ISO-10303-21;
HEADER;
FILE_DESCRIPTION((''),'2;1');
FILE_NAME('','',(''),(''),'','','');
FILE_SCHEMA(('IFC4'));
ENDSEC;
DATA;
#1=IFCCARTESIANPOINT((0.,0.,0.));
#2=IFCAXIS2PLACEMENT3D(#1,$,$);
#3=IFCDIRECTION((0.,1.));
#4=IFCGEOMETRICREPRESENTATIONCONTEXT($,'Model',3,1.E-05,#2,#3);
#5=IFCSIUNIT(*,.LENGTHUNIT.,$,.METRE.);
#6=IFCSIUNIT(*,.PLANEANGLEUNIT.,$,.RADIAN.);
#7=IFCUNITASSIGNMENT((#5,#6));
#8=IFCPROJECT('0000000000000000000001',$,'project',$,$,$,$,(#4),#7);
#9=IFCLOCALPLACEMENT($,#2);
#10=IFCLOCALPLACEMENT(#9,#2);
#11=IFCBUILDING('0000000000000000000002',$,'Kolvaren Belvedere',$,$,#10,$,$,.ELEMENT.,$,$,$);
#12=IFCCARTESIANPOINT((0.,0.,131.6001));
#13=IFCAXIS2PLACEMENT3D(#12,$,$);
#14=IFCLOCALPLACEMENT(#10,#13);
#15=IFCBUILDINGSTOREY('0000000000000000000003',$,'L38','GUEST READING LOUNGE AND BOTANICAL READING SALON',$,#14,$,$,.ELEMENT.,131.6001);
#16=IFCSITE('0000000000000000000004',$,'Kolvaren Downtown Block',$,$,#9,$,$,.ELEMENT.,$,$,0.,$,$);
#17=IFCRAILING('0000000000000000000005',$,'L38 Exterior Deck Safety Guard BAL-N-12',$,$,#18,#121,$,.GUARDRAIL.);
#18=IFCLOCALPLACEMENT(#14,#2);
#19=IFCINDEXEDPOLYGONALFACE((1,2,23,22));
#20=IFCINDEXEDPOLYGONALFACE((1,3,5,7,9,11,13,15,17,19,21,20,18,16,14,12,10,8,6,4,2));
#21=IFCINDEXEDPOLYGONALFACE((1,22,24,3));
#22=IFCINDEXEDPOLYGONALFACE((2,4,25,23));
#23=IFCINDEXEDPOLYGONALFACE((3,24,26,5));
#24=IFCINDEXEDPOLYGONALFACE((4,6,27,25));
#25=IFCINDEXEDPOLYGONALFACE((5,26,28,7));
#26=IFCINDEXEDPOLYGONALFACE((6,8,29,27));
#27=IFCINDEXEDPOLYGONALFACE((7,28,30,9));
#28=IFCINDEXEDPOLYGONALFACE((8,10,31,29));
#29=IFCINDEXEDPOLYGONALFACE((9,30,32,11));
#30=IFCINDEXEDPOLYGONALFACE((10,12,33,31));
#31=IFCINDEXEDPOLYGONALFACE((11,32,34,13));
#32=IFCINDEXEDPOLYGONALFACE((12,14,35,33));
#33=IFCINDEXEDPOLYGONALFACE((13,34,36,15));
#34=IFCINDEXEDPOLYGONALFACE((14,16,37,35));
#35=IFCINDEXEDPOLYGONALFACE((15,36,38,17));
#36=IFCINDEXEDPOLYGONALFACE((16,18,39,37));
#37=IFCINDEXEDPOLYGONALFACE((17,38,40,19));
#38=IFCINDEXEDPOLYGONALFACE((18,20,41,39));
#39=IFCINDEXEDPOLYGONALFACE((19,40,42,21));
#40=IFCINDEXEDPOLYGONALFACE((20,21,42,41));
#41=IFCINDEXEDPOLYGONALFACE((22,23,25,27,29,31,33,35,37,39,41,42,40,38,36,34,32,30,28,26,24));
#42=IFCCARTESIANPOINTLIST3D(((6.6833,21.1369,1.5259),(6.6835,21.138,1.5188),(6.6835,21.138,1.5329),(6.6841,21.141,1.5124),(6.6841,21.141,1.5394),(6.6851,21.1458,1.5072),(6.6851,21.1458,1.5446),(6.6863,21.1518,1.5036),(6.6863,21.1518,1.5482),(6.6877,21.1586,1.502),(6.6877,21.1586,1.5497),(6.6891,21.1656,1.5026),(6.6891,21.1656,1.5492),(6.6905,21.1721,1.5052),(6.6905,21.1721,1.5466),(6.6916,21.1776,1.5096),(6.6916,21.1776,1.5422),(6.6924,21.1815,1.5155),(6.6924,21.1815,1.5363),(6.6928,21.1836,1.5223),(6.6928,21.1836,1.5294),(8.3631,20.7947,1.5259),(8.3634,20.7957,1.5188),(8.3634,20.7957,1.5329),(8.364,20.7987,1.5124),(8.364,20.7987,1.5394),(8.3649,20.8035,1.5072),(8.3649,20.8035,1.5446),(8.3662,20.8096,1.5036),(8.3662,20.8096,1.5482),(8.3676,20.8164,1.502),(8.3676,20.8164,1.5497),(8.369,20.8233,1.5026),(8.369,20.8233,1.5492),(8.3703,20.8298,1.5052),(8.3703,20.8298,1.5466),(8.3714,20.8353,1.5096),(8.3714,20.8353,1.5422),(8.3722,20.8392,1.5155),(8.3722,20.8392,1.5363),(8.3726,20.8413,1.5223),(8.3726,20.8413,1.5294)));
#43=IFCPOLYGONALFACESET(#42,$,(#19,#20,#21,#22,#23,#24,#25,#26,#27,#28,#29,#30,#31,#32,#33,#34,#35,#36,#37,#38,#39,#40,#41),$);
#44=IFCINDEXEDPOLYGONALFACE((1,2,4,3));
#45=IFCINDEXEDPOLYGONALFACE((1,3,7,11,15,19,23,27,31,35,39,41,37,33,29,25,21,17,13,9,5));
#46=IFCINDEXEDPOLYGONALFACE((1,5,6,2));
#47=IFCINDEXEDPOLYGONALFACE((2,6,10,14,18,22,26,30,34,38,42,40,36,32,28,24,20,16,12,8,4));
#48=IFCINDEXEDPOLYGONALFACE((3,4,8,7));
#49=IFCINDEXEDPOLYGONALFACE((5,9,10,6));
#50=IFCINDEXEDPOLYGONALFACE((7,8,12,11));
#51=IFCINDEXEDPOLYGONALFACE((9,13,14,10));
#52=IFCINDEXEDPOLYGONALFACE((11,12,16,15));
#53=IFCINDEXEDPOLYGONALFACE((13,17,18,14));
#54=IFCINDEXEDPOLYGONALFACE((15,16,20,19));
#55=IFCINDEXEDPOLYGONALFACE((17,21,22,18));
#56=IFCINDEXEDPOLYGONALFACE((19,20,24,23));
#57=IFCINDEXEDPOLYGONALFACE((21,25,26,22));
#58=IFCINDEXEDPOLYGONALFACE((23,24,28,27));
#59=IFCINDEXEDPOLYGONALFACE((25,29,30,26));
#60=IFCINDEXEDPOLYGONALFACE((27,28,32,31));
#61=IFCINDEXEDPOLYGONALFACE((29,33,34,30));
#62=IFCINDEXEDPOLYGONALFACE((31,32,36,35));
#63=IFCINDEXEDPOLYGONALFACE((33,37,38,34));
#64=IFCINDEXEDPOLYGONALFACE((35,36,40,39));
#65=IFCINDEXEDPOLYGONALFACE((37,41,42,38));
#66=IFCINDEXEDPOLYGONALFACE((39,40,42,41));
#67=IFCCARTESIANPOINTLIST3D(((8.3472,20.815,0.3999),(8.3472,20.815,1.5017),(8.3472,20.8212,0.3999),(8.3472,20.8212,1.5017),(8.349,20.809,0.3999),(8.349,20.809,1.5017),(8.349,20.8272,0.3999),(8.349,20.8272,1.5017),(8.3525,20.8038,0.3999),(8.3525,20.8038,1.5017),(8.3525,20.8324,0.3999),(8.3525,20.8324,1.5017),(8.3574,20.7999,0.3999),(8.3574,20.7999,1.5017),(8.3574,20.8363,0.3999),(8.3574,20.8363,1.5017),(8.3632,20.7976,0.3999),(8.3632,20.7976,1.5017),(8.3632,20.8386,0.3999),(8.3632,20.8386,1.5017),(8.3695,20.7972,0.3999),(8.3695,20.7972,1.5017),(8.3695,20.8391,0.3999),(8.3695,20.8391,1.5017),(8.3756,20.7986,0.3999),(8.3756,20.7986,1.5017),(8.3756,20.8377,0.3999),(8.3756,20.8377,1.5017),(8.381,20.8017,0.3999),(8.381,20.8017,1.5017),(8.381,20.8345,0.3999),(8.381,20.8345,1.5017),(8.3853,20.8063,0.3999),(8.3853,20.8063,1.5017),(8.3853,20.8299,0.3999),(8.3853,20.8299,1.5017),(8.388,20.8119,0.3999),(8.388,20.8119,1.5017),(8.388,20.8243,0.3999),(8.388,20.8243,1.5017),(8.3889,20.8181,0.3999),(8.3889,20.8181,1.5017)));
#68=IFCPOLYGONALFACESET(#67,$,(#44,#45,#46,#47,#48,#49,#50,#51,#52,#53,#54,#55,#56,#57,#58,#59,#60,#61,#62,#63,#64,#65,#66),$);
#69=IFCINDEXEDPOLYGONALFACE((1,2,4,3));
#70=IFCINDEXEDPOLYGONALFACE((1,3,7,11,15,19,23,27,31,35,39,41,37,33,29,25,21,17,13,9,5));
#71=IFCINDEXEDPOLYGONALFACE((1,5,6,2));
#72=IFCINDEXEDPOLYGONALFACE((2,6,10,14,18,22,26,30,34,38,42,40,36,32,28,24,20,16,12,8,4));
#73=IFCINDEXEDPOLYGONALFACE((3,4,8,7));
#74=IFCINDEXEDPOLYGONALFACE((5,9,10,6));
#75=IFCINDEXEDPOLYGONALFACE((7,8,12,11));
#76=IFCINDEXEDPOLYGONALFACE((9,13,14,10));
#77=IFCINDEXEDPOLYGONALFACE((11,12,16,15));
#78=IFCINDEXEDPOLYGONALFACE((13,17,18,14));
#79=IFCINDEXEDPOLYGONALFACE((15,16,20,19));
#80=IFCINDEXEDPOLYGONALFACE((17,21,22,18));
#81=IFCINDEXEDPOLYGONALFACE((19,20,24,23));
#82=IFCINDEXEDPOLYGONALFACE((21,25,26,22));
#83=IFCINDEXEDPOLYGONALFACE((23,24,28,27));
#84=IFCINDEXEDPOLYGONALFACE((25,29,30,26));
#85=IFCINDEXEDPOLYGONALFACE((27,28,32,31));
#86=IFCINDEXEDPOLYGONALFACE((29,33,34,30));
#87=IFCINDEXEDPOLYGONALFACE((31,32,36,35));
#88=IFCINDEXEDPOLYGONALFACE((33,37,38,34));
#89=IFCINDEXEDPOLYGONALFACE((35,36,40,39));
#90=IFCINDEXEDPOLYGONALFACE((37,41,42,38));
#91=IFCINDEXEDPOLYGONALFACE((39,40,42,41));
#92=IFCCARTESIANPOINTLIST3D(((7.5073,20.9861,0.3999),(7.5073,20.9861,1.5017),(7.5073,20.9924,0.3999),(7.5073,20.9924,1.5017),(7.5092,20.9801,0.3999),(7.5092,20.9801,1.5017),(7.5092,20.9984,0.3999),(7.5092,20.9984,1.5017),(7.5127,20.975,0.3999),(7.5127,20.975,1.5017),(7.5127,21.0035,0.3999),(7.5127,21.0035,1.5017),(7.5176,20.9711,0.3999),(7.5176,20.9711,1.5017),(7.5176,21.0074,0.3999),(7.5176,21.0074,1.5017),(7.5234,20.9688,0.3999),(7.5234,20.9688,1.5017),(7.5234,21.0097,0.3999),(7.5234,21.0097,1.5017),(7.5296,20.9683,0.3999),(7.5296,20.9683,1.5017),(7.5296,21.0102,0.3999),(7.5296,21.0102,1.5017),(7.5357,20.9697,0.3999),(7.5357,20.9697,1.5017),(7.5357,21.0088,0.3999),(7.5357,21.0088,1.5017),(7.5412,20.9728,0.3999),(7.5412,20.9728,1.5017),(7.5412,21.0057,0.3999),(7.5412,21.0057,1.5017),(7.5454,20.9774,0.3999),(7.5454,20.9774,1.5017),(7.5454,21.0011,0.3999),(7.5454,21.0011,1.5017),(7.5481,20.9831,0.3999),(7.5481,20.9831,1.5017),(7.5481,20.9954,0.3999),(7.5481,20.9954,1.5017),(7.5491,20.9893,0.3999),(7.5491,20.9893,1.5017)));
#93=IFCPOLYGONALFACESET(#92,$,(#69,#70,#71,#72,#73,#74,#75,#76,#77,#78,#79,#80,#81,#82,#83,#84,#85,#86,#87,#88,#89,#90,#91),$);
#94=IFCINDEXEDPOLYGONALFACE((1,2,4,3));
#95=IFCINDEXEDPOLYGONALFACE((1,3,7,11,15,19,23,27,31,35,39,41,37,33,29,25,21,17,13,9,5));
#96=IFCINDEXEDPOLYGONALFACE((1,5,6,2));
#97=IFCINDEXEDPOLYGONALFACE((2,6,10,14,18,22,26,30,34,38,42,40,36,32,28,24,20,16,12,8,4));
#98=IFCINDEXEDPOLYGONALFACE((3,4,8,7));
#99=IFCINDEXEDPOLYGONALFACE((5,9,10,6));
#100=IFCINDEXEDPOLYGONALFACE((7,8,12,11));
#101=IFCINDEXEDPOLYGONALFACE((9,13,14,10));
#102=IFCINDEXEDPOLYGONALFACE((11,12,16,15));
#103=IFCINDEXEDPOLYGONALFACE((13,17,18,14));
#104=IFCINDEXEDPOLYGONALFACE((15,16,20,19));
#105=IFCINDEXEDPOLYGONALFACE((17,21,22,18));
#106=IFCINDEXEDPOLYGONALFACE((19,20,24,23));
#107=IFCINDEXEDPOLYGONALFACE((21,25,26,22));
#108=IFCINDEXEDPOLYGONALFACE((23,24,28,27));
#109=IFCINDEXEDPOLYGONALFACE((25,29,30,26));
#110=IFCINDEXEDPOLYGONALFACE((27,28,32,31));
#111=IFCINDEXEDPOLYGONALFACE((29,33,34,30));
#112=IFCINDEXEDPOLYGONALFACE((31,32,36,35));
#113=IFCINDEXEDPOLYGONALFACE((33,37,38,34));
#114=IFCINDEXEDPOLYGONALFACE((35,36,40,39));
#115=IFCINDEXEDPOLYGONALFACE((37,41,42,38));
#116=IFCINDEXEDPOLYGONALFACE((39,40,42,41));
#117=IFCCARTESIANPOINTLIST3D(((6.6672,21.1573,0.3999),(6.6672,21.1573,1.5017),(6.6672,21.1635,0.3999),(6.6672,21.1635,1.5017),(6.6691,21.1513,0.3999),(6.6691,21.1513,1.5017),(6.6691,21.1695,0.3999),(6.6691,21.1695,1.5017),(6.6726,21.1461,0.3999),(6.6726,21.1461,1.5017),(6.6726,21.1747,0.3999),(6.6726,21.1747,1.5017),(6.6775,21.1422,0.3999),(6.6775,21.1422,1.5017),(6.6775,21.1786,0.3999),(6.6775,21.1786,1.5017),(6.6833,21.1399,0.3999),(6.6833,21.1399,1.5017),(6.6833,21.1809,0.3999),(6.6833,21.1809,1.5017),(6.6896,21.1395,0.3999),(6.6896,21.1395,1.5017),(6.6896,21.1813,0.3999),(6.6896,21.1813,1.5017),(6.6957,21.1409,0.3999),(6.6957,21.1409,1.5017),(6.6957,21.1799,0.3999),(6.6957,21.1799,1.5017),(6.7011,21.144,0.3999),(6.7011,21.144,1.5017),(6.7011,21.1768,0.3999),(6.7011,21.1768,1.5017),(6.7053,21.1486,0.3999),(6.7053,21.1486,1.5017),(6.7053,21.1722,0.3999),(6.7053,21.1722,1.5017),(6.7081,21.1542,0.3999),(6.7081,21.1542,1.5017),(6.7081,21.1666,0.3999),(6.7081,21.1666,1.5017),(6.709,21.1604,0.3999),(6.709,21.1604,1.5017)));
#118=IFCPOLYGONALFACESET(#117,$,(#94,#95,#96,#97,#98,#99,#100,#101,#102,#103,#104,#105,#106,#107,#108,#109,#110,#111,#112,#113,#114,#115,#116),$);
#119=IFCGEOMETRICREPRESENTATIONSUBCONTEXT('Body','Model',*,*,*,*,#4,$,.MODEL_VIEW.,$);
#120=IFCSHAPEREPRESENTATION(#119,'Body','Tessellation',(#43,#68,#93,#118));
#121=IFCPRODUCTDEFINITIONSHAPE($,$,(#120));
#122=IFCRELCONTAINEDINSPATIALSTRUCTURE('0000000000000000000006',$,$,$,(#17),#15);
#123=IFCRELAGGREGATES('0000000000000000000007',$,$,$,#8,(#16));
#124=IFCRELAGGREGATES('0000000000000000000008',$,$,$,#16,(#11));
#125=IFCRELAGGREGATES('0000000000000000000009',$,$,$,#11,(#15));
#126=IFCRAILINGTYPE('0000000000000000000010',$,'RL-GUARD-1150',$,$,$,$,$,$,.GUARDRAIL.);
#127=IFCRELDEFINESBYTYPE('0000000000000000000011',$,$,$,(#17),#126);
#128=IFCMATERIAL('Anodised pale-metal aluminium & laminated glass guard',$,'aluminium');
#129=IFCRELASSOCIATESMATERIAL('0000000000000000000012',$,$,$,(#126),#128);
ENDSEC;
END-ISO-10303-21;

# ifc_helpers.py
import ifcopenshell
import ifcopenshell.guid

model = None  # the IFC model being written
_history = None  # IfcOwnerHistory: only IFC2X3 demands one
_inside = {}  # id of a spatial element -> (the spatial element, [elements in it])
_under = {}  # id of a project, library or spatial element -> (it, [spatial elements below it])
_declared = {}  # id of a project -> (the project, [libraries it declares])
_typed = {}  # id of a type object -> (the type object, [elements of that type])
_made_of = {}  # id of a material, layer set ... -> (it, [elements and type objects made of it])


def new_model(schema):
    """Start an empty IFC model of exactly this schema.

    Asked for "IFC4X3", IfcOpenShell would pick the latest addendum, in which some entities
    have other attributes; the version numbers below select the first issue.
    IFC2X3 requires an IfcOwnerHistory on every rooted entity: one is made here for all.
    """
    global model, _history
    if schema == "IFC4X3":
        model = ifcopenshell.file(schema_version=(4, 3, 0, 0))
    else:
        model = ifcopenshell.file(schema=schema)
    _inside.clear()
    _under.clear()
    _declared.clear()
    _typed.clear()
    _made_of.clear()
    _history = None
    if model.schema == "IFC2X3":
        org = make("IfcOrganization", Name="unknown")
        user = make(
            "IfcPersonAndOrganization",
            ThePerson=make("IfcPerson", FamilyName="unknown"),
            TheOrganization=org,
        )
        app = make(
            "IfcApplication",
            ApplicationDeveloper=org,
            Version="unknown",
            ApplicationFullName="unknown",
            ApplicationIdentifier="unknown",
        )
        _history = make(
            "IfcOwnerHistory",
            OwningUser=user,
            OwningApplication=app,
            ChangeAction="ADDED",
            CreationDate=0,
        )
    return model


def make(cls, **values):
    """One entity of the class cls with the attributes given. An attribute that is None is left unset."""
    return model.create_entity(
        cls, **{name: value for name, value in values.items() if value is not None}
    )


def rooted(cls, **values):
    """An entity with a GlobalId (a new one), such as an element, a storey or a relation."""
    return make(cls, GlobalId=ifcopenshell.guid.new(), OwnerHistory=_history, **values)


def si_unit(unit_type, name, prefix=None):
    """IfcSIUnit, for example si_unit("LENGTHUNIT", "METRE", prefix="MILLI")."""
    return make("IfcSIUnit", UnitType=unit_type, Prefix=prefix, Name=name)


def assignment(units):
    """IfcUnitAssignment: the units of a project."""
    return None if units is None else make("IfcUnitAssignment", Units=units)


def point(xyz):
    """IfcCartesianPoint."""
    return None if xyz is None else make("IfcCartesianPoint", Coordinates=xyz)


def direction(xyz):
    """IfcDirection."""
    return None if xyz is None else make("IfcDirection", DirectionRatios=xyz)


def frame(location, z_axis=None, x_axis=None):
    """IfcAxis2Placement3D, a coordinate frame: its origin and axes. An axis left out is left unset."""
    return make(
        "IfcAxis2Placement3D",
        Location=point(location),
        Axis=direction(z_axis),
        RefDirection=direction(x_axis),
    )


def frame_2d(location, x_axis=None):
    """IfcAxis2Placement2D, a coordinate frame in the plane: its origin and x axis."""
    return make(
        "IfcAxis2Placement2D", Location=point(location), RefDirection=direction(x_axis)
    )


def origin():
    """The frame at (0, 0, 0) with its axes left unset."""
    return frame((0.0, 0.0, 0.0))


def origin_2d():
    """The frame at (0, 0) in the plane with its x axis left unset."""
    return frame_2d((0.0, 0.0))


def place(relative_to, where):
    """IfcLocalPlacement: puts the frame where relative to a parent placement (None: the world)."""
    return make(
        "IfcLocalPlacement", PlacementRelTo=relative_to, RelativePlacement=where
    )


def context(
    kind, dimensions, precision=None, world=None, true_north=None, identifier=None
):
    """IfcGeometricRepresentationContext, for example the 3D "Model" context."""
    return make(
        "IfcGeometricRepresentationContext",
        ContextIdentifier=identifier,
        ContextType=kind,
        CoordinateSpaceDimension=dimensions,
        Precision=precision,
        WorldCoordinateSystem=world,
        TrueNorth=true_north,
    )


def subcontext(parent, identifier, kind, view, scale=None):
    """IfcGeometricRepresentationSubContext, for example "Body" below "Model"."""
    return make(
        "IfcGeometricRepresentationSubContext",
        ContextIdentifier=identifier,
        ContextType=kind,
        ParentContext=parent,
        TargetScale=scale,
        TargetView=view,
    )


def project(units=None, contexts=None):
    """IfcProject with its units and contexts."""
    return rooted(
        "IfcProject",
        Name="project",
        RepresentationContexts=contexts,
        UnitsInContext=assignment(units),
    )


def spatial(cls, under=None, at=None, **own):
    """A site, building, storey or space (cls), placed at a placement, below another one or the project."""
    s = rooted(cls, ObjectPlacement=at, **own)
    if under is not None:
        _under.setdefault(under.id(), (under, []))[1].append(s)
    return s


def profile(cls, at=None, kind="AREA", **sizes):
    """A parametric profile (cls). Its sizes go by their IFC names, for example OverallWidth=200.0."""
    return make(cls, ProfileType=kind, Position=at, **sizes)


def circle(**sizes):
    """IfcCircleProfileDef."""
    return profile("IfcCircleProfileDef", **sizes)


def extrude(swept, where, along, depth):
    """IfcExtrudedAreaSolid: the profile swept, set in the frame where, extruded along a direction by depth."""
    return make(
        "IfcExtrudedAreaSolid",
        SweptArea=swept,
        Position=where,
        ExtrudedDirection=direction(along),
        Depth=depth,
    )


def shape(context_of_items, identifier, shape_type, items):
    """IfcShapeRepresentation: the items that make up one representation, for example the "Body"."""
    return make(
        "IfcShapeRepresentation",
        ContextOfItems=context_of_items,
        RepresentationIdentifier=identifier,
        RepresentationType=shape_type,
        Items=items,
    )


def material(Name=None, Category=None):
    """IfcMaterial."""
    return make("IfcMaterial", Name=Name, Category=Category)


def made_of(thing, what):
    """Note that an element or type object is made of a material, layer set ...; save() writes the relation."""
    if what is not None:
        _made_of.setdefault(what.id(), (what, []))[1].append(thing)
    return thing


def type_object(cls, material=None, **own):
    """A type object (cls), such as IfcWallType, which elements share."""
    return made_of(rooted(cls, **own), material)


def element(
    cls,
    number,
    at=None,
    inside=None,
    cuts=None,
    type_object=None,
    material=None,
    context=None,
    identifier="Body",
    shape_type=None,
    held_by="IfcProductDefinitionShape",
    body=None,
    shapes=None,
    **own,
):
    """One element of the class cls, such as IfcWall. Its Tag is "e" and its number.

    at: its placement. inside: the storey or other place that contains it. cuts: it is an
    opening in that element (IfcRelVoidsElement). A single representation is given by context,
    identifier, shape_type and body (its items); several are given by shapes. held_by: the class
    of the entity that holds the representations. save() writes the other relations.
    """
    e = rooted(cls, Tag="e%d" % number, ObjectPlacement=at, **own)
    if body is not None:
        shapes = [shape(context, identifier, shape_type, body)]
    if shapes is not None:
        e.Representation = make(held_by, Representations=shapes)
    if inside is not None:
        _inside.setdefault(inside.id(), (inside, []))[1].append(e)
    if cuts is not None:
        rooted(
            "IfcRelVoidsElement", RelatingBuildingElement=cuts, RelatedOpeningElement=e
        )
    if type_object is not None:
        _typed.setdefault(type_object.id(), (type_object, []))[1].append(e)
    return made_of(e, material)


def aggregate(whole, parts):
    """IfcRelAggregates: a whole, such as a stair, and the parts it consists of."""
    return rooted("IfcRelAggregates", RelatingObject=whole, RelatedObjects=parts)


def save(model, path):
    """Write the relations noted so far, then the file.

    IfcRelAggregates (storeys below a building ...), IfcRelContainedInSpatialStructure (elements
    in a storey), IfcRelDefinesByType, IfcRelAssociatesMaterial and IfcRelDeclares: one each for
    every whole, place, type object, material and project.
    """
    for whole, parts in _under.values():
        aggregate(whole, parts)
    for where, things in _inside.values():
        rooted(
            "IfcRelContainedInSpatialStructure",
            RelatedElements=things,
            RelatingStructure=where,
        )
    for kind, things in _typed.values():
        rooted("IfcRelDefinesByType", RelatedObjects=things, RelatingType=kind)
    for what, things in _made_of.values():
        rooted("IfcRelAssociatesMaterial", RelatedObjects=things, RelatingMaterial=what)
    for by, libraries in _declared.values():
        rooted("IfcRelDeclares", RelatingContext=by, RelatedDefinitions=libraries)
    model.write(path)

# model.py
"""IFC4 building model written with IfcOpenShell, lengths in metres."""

from ifc_helpers import new_model, si_unit, direction, frame, origin, origin_2d, place, context, subcontext, project, spatial, circle, extrude, material, type_object, element, save


model = new_model("IFC4")

# Units and contexts
model_context = context("Model", 3, precision=1e-05, world=origin(), true_north=direction((0.0, 1.0)))
body_context = subcontext(model_context, "Body", "Model", "MODEL_VIEW")
ifc_project = project(units=[si_unit("LENGTHUNIT", "METRE"), si_unit("PLANEANGLEUNIT", "RADIAN")], contexts=[model_context])

# Site, building, storey
site_placement = place(None, origin())
site = spatial("IfcSite", under=ifc_project, at=site_placement, Name="Kolvaren Downtown Block", CompositionType="ELEMENT", RefElevation=0.0)
building_placement = place(site_placement, origin())
building = spatial("IfcBuilding", under=site, at=building_placement, Name="Kolvaren Belvedere", CompositionType="ELEMENT")
storey_placement = place(building_placement, frame((0.0, 0.0, 131.6001)))
storey = spatial("IfcBuildingStorey", under=building, at=storey_placement, Name="L38", Description="GUEST READING LOUNGE AND BOTANICAL READING SALON", CompositionType="ELEMENT", Elevation=131.6001)

# Railing
ifc_material_1 = material(Name="Anodised pale-metal aluminium & laminated glass guard", Category="aluminium")
railing_type = type_object("IfcRailingType", Name="RL-GUARD-1150", PredefinedType="GUARDRAIL", material=ifc_material_1)
railing_1_placement = place(storey_placement, frame((8.3679, 20.8181, 0.3999)))
element("IfcRailing", 1, at=railing_1_placement, inside=storey, type_object=railing_type, Name="L38 Exterior Deck Safety Guard BAL-N-12", PredefinedType="GUARDRAIL", context=body_context, shape_type="SweptSolid", body=[
    extrude(circle(Radius=0.0239, at=origin_2d()), frame((0.0, 0.0, 1.126), z_axis=(-0.979868, 0.199648, 0.0), x_axis=(-0.199648, -0.979868, 0.0)), (0.0, 0.0, 1.0), 1.7144),
    extrude(circle(Radius=0.021, at=origin_2d()), origin(), (0.0, 0.0, 1.0), 1.1018),
    extrude(circle(Radius=0.021, at=origin_2d()), frame((-0.8398, 0.1711, 0.0)), (0.0, 0.0, 1.0), 1.1018),
    extrude(circle(Radius=0.021, at=origin_2d()), frame((-1.6799, 0.3423, 0.0)), (0.0, 0.0, 1.0), 1.1018),
])

save(model, "model.ifc")
